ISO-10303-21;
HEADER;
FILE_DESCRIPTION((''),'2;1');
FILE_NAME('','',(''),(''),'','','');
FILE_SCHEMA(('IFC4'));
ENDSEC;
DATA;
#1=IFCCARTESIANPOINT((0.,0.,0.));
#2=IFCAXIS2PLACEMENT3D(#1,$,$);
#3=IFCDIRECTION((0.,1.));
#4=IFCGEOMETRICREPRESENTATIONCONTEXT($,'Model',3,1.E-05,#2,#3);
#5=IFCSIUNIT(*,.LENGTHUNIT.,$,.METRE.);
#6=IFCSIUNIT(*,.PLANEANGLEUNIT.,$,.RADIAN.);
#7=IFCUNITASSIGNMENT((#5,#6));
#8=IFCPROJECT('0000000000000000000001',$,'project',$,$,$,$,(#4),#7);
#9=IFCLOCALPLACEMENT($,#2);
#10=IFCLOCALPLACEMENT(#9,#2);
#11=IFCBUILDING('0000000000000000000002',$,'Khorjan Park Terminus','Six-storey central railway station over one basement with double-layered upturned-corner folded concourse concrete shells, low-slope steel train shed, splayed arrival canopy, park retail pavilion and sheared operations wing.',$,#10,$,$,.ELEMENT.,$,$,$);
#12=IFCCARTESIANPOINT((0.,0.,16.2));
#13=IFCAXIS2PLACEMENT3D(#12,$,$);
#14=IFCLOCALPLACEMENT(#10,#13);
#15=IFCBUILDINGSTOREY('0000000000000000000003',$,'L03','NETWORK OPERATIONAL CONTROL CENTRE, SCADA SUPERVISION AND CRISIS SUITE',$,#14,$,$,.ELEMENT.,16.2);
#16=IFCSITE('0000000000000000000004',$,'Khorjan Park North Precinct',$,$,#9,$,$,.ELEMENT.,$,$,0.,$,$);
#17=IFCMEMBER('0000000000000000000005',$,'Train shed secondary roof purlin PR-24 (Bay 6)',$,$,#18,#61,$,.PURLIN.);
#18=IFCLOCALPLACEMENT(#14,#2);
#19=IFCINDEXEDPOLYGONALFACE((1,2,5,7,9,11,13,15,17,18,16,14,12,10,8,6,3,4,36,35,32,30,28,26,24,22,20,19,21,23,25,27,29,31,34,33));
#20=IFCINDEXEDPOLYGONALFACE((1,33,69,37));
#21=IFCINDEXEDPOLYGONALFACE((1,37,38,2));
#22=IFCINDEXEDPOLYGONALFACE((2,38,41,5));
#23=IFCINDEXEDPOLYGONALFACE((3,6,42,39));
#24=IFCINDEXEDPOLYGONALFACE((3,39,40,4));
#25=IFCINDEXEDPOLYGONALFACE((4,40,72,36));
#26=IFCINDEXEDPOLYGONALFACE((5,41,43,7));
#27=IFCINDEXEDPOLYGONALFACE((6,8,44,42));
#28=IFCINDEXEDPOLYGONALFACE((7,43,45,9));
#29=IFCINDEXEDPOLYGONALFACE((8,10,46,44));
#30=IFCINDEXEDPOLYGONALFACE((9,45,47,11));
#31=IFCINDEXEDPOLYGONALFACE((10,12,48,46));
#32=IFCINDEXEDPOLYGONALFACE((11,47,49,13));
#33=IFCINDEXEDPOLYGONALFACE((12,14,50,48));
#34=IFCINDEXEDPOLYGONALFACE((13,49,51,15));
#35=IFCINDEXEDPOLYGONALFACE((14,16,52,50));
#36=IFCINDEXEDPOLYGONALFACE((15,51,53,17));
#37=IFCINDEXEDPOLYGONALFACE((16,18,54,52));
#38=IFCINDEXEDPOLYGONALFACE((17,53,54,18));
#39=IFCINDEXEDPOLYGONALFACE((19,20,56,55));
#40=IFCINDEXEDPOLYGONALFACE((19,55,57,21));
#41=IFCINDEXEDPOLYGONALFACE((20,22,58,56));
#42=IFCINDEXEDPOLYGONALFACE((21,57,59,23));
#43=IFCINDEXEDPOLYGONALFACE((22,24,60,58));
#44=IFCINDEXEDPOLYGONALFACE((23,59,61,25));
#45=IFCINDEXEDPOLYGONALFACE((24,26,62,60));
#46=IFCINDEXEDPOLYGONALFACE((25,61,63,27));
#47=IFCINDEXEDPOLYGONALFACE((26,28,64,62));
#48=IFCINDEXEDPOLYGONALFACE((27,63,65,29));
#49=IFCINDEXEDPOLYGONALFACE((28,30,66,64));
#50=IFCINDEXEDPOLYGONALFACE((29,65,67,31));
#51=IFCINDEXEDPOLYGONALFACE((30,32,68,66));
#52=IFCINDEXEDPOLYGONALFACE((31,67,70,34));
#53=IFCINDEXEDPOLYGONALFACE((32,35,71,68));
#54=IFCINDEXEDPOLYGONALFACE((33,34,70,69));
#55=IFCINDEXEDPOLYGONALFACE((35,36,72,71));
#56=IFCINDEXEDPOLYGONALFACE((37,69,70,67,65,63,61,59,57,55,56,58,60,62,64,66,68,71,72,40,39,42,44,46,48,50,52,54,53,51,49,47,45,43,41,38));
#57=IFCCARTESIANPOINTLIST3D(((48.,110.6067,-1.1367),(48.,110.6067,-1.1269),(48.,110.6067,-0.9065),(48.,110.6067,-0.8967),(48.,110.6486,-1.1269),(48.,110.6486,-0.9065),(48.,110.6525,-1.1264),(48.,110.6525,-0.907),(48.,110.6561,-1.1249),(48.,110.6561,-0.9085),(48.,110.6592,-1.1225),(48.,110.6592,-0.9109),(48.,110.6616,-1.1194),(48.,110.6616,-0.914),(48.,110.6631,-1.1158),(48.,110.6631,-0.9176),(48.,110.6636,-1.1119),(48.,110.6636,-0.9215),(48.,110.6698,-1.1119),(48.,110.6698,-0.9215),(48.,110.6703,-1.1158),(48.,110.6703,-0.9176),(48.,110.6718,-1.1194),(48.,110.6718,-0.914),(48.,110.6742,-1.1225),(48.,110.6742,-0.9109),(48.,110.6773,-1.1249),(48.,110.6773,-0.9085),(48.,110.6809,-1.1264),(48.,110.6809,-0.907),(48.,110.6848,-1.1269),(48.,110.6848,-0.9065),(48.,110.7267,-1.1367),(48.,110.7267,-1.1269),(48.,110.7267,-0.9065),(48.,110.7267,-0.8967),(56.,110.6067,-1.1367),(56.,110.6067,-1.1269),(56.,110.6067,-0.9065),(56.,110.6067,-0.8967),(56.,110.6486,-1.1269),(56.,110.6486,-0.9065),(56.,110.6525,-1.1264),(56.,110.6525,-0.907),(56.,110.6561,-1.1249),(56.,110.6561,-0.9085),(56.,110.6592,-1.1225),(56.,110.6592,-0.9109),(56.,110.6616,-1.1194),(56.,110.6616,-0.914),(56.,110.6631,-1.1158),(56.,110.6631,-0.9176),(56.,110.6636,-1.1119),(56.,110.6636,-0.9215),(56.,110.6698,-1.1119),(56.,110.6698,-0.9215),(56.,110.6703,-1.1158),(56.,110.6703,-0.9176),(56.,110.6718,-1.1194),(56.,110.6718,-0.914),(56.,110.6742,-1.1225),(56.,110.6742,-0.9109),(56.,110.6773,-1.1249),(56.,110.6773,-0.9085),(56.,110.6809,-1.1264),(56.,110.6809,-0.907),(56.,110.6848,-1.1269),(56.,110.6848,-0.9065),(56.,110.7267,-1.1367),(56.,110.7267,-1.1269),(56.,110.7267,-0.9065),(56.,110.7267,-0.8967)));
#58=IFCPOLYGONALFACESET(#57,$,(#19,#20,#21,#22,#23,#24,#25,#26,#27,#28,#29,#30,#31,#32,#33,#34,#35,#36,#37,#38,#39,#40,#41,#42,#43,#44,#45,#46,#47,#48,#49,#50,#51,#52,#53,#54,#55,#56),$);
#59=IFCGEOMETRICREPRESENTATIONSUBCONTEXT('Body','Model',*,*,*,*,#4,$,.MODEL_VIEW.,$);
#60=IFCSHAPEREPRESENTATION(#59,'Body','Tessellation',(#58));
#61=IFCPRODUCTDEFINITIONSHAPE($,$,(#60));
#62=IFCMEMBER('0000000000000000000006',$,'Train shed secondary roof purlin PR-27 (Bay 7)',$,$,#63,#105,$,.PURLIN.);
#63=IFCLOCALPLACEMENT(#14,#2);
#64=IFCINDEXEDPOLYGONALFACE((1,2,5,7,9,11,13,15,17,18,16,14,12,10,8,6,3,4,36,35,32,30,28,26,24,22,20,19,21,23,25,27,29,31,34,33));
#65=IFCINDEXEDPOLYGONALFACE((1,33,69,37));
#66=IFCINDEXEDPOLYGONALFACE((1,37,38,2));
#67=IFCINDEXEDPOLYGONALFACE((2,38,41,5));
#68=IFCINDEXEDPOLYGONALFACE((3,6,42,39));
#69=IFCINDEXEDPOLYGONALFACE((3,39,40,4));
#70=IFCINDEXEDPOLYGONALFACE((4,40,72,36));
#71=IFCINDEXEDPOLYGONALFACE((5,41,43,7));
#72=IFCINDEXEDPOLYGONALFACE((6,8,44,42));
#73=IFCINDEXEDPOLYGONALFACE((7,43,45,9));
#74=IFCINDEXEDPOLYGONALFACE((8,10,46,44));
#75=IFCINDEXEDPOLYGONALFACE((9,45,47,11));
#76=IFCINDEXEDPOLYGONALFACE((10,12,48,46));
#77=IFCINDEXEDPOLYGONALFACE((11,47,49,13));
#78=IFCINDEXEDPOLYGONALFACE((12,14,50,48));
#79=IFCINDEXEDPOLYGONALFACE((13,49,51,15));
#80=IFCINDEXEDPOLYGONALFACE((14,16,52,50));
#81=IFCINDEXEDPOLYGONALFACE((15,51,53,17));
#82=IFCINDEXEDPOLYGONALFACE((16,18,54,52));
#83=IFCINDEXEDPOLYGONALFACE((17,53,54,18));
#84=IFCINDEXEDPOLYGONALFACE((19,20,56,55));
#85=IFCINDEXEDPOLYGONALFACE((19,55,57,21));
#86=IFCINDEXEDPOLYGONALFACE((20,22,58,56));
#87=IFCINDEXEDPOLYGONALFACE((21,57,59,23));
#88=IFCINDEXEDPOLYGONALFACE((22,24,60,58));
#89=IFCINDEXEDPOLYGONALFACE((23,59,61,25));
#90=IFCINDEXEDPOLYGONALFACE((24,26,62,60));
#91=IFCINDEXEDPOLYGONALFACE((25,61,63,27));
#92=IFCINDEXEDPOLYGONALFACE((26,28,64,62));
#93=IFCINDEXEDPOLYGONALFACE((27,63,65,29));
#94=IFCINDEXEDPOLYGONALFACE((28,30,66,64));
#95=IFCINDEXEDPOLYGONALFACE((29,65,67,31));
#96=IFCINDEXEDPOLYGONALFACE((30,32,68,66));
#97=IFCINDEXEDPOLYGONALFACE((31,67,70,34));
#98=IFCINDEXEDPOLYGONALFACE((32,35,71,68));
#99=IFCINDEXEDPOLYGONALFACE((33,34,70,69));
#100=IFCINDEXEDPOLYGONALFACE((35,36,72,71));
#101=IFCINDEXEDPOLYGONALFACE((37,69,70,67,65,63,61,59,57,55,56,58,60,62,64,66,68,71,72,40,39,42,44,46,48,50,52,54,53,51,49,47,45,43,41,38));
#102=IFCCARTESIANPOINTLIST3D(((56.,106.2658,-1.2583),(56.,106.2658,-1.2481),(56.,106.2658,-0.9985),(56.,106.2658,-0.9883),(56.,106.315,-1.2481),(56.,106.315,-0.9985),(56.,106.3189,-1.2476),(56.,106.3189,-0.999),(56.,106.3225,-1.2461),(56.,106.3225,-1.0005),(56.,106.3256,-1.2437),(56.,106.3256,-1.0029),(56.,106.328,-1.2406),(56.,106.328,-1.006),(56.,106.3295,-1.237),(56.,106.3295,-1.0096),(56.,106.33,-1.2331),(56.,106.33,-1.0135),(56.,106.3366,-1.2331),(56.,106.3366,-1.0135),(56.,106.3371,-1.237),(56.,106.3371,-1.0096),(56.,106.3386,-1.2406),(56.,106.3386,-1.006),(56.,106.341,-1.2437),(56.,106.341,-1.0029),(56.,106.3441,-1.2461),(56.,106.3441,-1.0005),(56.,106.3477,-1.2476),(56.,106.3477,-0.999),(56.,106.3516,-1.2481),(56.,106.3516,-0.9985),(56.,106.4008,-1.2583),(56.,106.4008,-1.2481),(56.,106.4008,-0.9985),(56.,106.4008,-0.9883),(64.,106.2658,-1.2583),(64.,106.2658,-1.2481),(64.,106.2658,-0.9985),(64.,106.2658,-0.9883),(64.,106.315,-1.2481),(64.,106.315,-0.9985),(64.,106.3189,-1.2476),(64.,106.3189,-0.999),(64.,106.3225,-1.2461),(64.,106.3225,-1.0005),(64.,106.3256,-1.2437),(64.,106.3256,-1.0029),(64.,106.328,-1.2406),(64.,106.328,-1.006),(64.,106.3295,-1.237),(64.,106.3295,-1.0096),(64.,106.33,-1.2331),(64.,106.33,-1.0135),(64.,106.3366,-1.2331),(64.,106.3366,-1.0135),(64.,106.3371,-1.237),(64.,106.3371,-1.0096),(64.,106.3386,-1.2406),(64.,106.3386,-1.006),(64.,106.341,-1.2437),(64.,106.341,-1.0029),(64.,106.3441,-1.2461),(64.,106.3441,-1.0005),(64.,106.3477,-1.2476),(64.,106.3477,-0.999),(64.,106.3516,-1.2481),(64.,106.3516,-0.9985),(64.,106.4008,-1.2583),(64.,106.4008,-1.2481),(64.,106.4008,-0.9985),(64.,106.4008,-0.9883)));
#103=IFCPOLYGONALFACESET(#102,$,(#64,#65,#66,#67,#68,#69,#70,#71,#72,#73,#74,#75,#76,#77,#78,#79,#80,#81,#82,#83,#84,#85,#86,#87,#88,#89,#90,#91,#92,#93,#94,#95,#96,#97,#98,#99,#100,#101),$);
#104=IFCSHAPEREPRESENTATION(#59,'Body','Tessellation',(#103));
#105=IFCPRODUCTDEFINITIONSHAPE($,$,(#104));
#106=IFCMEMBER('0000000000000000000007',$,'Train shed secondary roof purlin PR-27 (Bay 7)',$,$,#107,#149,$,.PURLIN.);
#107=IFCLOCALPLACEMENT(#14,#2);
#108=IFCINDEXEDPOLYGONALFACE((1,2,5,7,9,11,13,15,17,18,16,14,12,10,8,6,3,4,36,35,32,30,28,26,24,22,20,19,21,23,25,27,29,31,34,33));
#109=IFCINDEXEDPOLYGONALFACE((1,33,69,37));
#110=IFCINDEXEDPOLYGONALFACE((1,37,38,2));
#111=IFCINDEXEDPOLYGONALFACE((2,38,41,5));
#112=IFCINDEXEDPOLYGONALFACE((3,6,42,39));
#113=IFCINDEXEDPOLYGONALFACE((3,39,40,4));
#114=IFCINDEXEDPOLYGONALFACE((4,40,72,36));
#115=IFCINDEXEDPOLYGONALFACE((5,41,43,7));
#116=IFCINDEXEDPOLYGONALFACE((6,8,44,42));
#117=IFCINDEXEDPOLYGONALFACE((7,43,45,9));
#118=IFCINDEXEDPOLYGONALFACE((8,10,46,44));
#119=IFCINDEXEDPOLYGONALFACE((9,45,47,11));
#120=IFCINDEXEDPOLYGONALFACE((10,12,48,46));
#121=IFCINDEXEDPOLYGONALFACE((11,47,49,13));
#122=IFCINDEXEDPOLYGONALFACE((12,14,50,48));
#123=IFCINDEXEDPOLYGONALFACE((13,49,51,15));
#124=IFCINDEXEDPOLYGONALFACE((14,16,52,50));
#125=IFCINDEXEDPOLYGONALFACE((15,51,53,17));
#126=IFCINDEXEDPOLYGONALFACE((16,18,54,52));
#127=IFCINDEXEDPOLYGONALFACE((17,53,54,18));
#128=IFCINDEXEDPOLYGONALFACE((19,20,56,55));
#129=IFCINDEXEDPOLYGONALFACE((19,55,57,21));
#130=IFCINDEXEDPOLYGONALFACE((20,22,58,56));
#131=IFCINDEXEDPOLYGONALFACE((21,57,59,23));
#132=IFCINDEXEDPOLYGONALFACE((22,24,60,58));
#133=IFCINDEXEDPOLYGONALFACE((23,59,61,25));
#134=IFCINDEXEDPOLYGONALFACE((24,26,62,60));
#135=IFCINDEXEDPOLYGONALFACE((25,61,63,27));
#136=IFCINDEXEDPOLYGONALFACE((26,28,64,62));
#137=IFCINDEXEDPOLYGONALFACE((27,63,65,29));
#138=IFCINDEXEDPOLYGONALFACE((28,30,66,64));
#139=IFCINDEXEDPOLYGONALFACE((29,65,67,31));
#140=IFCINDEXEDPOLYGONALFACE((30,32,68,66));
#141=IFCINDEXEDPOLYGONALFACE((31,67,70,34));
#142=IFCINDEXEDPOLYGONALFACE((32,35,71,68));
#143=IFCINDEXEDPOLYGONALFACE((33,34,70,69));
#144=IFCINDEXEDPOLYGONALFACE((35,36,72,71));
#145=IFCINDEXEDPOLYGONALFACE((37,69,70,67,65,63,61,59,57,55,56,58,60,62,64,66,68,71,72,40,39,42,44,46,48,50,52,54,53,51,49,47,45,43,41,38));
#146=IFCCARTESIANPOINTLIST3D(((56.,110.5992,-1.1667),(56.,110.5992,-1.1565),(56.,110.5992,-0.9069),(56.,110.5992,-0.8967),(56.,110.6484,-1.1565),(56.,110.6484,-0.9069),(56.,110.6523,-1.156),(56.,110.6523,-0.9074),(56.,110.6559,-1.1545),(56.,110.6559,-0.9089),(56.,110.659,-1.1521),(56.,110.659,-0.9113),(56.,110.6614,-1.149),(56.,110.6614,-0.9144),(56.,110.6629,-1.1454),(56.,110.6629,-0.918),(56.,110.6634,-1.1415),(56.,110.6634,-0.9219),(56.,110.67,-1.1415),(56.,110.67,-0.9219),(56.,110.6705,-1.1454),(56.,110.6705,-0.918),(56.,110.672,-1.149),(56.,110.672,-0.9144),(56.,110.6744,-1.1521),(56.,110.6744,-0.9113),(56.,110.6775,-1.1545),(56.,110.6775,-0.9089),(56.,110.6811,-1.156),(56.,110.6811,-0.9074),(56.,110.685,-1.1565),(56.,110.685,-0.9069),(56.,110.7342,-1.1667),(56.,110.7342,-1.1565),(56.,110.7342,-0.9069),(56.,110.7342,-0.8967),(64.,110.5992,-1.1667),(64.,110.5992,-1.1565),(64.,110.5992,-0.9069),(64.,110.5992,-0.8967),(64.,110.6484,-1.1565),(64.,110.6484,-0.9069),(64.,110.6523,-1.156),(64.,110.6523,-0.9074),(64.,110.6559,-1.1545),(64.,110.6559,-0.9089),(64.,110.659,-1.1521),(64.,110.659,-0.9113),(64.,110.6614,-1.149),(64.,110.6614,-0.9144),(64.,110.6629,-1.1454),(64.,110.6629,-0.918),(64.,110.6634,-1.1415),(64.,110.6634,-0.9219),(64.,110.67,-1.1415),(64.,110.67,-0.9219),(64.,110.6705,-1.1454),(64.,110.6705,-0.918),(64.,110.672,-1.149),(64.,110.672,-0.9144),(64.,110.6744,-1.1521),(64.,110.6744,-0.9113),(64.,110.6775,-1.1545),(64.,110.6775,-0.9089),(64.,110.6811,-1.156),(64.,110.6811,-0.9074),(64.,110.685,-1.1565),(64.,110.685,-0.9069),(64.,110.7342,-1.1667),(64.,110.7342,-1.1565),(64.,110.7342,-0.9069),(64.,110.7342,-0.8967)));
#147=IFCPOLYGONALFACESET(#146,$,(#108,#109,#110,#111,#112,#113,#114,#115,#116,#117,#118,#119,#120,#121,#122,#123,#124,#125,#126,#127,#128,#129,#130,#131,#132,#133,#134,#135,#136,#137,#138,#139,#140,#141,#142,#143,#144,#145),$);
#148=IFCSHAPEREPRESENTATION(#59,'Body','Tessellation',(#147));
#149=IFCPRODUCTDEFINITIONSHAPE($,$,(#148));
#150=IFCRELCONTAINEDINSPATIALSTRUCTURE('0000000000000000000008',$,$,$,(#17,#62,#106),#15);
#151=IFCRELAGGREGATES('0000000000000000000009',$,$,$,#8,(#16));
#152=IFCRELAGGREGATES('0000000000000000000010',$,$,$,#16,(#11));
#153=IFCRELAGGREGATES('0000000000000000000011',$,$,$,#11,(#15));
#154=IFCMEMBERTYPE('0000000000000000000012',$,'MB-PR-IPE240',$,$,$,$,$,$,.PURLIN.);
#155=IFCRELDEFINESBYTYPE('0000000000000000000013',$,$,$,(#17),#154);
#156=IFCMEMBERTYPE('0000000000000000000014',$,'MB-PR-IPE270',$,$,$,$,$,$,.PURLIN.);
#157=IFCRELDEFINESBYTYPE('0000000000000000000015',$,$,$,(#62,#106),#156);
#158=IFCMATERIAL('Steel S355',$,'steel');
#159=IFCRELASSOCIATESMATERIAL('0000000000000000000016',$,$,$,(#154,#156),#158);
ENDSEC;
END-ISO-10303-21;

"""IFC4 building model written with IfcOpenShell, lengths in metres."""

from ifc_helpers import new_model, si_unit, direction, frame, origin, origin_2d, place, context, subcontext, project, spatial, i_section, extrude, material, material_profile, profile_set, type_object, element, save


model = new_model("IFC4")

# Units and contexts
model_context = context("Model", 3, precision=1e-05, world=origin(), true_north=direction((0.0, 1.0)))
body_context = subcontext(model_context, "Body", "Model", "MODEL_VIEW")
ifc_project = project(units=[si_unit("LENGTHUNIT", "METRE"), si_unit("PLANEANGLEUNIT", "RADIAN")], contexts=[model_context])

# Site, building, storey
site_placement = place(None, origin())
site = spatial("IfcSite", under=ifc_project, at=site_placement, Name="Khorjan Park North Precinct", CompositionType="ELEMENT", RefElevation=0.0)
building_placement = place(site_placement, origin())
building = spatial("IfcBuilding", under=site, at=building_placement, Name="Khorjan Park Terminus", Description="Six-storey central railway station over one basement with double-layered upturned-corner folded concourse concrete shells, low-slope steel train shed, splayed arrival canopy, park retail pavilion and sheared operations wing.", CompositionType="ELEMENT")
storey_placement = place(building_placement, frame((0.0, 0.0, 16.2)))
storey = spatial("IfcBuildingStorey", under=building, at=storey_placement, Name="L03", Description="NETWORK OPERATIONAL CONTROL CENTRE, SCADA SUPERVISION AND CRISIS SUITE", CompositionType="ELEMENT", Elevation=16.2)

# Members
ifc_material = material(Name="Steel S355", Category="steel")
ifc_material_profile_1 = material_profile(ifc_material, i_section(OverallWidth=0.12, OverallDepth=0.24, WebThickness=0.0062, FlangeThickness=0.0098, FilletRadius=0.015, at=origin_2d()), Name="IPE 240")
ifc_profile_set_1 = profile_set([ifc_material_profile_1], Name="Steel S355")
member_type_1 = type_object("IfcMemberType", Name="MB-PR-IPE240", PredefinedType="PURLIN", material=ifc_profile_set_1)
for number, where, z_axis, x_axis, name in (
    (1, (48.0, 110.6667, -1.0167), (1.0, 0.0, 0.0), (0.0, 1.0, 0.0), "Train shed secondary roof purlin PR-24 (Bay 6)"),
):
    element("IfcMember", number, at=place(storey_placement, frame(where, z_axis=z_axis, x_axis=x_axis)), inside=storey, type_object=member_type_1, Name=name, PredefinedType="PURLIN", context=body_context, shape_type="SweptSolid", body=[
        extrude(i_section(OverallWidth=0.12, OverallDepth=0.24, WebThickness=0.0062, FlangeThickness=0.0098, FilletRadius=0.015, at=origin_2d()), origin(), (0.0, 0.0, 1.0), 8.0),
    ])
ifc_material_profile_2 = material_profile(ifc_material, i_section(OverallWidth=0.135, OverallDepth=0.27, WebThickness=0.0066, FlangeThickness=0.0102, FilletRadius=0.015, at=origin_2d()), Name="IPE 270")
ifc_profile_set_2 = profile_set([ifc_material_profile_2], Name="Steel S355")
member_type_2 = type_object("IfcMemberType", Name="MB-PR-IPE270", PredefinedType="PURLIN", material=ifc_profile_set_2)
for number, where, z_axis, x_axis, name in (
    (2, (56.0, 106.3333, -1.1233), (1.0, 0.0, 0.0), (0.0, 1.0, 0.0), "Train shed secondary roof purlin PR-27 (Bay 7)"),
    (3, (56.0, 110.6667, -1.0317), (1.0, 0.0, 0.0), (0.0, 1.0, 0.0), "Train shed secondary roof purlin PR-27 (Bay 7)"),
):
    element("IfcMember", number, at=place(storey_placement, frame(where, z_axis=z_axis, x_axis=x_axis)), inside=storey, type_object=member_type_2, Name=name, PredefinedType="PURLIN", context=body_context, shape_type="SweptSolid", body=[
        extrude(i_section(OverallWidth=0.135, OverallDepth=0.27, WebThickness=0.0066, FlangeThickness=0.0102, FilletRadius=0.015, at=origin_2d()), origin(), (0.0, 0.0, 1.0), 8.0),
    ])

save(model, "model.ifc")
